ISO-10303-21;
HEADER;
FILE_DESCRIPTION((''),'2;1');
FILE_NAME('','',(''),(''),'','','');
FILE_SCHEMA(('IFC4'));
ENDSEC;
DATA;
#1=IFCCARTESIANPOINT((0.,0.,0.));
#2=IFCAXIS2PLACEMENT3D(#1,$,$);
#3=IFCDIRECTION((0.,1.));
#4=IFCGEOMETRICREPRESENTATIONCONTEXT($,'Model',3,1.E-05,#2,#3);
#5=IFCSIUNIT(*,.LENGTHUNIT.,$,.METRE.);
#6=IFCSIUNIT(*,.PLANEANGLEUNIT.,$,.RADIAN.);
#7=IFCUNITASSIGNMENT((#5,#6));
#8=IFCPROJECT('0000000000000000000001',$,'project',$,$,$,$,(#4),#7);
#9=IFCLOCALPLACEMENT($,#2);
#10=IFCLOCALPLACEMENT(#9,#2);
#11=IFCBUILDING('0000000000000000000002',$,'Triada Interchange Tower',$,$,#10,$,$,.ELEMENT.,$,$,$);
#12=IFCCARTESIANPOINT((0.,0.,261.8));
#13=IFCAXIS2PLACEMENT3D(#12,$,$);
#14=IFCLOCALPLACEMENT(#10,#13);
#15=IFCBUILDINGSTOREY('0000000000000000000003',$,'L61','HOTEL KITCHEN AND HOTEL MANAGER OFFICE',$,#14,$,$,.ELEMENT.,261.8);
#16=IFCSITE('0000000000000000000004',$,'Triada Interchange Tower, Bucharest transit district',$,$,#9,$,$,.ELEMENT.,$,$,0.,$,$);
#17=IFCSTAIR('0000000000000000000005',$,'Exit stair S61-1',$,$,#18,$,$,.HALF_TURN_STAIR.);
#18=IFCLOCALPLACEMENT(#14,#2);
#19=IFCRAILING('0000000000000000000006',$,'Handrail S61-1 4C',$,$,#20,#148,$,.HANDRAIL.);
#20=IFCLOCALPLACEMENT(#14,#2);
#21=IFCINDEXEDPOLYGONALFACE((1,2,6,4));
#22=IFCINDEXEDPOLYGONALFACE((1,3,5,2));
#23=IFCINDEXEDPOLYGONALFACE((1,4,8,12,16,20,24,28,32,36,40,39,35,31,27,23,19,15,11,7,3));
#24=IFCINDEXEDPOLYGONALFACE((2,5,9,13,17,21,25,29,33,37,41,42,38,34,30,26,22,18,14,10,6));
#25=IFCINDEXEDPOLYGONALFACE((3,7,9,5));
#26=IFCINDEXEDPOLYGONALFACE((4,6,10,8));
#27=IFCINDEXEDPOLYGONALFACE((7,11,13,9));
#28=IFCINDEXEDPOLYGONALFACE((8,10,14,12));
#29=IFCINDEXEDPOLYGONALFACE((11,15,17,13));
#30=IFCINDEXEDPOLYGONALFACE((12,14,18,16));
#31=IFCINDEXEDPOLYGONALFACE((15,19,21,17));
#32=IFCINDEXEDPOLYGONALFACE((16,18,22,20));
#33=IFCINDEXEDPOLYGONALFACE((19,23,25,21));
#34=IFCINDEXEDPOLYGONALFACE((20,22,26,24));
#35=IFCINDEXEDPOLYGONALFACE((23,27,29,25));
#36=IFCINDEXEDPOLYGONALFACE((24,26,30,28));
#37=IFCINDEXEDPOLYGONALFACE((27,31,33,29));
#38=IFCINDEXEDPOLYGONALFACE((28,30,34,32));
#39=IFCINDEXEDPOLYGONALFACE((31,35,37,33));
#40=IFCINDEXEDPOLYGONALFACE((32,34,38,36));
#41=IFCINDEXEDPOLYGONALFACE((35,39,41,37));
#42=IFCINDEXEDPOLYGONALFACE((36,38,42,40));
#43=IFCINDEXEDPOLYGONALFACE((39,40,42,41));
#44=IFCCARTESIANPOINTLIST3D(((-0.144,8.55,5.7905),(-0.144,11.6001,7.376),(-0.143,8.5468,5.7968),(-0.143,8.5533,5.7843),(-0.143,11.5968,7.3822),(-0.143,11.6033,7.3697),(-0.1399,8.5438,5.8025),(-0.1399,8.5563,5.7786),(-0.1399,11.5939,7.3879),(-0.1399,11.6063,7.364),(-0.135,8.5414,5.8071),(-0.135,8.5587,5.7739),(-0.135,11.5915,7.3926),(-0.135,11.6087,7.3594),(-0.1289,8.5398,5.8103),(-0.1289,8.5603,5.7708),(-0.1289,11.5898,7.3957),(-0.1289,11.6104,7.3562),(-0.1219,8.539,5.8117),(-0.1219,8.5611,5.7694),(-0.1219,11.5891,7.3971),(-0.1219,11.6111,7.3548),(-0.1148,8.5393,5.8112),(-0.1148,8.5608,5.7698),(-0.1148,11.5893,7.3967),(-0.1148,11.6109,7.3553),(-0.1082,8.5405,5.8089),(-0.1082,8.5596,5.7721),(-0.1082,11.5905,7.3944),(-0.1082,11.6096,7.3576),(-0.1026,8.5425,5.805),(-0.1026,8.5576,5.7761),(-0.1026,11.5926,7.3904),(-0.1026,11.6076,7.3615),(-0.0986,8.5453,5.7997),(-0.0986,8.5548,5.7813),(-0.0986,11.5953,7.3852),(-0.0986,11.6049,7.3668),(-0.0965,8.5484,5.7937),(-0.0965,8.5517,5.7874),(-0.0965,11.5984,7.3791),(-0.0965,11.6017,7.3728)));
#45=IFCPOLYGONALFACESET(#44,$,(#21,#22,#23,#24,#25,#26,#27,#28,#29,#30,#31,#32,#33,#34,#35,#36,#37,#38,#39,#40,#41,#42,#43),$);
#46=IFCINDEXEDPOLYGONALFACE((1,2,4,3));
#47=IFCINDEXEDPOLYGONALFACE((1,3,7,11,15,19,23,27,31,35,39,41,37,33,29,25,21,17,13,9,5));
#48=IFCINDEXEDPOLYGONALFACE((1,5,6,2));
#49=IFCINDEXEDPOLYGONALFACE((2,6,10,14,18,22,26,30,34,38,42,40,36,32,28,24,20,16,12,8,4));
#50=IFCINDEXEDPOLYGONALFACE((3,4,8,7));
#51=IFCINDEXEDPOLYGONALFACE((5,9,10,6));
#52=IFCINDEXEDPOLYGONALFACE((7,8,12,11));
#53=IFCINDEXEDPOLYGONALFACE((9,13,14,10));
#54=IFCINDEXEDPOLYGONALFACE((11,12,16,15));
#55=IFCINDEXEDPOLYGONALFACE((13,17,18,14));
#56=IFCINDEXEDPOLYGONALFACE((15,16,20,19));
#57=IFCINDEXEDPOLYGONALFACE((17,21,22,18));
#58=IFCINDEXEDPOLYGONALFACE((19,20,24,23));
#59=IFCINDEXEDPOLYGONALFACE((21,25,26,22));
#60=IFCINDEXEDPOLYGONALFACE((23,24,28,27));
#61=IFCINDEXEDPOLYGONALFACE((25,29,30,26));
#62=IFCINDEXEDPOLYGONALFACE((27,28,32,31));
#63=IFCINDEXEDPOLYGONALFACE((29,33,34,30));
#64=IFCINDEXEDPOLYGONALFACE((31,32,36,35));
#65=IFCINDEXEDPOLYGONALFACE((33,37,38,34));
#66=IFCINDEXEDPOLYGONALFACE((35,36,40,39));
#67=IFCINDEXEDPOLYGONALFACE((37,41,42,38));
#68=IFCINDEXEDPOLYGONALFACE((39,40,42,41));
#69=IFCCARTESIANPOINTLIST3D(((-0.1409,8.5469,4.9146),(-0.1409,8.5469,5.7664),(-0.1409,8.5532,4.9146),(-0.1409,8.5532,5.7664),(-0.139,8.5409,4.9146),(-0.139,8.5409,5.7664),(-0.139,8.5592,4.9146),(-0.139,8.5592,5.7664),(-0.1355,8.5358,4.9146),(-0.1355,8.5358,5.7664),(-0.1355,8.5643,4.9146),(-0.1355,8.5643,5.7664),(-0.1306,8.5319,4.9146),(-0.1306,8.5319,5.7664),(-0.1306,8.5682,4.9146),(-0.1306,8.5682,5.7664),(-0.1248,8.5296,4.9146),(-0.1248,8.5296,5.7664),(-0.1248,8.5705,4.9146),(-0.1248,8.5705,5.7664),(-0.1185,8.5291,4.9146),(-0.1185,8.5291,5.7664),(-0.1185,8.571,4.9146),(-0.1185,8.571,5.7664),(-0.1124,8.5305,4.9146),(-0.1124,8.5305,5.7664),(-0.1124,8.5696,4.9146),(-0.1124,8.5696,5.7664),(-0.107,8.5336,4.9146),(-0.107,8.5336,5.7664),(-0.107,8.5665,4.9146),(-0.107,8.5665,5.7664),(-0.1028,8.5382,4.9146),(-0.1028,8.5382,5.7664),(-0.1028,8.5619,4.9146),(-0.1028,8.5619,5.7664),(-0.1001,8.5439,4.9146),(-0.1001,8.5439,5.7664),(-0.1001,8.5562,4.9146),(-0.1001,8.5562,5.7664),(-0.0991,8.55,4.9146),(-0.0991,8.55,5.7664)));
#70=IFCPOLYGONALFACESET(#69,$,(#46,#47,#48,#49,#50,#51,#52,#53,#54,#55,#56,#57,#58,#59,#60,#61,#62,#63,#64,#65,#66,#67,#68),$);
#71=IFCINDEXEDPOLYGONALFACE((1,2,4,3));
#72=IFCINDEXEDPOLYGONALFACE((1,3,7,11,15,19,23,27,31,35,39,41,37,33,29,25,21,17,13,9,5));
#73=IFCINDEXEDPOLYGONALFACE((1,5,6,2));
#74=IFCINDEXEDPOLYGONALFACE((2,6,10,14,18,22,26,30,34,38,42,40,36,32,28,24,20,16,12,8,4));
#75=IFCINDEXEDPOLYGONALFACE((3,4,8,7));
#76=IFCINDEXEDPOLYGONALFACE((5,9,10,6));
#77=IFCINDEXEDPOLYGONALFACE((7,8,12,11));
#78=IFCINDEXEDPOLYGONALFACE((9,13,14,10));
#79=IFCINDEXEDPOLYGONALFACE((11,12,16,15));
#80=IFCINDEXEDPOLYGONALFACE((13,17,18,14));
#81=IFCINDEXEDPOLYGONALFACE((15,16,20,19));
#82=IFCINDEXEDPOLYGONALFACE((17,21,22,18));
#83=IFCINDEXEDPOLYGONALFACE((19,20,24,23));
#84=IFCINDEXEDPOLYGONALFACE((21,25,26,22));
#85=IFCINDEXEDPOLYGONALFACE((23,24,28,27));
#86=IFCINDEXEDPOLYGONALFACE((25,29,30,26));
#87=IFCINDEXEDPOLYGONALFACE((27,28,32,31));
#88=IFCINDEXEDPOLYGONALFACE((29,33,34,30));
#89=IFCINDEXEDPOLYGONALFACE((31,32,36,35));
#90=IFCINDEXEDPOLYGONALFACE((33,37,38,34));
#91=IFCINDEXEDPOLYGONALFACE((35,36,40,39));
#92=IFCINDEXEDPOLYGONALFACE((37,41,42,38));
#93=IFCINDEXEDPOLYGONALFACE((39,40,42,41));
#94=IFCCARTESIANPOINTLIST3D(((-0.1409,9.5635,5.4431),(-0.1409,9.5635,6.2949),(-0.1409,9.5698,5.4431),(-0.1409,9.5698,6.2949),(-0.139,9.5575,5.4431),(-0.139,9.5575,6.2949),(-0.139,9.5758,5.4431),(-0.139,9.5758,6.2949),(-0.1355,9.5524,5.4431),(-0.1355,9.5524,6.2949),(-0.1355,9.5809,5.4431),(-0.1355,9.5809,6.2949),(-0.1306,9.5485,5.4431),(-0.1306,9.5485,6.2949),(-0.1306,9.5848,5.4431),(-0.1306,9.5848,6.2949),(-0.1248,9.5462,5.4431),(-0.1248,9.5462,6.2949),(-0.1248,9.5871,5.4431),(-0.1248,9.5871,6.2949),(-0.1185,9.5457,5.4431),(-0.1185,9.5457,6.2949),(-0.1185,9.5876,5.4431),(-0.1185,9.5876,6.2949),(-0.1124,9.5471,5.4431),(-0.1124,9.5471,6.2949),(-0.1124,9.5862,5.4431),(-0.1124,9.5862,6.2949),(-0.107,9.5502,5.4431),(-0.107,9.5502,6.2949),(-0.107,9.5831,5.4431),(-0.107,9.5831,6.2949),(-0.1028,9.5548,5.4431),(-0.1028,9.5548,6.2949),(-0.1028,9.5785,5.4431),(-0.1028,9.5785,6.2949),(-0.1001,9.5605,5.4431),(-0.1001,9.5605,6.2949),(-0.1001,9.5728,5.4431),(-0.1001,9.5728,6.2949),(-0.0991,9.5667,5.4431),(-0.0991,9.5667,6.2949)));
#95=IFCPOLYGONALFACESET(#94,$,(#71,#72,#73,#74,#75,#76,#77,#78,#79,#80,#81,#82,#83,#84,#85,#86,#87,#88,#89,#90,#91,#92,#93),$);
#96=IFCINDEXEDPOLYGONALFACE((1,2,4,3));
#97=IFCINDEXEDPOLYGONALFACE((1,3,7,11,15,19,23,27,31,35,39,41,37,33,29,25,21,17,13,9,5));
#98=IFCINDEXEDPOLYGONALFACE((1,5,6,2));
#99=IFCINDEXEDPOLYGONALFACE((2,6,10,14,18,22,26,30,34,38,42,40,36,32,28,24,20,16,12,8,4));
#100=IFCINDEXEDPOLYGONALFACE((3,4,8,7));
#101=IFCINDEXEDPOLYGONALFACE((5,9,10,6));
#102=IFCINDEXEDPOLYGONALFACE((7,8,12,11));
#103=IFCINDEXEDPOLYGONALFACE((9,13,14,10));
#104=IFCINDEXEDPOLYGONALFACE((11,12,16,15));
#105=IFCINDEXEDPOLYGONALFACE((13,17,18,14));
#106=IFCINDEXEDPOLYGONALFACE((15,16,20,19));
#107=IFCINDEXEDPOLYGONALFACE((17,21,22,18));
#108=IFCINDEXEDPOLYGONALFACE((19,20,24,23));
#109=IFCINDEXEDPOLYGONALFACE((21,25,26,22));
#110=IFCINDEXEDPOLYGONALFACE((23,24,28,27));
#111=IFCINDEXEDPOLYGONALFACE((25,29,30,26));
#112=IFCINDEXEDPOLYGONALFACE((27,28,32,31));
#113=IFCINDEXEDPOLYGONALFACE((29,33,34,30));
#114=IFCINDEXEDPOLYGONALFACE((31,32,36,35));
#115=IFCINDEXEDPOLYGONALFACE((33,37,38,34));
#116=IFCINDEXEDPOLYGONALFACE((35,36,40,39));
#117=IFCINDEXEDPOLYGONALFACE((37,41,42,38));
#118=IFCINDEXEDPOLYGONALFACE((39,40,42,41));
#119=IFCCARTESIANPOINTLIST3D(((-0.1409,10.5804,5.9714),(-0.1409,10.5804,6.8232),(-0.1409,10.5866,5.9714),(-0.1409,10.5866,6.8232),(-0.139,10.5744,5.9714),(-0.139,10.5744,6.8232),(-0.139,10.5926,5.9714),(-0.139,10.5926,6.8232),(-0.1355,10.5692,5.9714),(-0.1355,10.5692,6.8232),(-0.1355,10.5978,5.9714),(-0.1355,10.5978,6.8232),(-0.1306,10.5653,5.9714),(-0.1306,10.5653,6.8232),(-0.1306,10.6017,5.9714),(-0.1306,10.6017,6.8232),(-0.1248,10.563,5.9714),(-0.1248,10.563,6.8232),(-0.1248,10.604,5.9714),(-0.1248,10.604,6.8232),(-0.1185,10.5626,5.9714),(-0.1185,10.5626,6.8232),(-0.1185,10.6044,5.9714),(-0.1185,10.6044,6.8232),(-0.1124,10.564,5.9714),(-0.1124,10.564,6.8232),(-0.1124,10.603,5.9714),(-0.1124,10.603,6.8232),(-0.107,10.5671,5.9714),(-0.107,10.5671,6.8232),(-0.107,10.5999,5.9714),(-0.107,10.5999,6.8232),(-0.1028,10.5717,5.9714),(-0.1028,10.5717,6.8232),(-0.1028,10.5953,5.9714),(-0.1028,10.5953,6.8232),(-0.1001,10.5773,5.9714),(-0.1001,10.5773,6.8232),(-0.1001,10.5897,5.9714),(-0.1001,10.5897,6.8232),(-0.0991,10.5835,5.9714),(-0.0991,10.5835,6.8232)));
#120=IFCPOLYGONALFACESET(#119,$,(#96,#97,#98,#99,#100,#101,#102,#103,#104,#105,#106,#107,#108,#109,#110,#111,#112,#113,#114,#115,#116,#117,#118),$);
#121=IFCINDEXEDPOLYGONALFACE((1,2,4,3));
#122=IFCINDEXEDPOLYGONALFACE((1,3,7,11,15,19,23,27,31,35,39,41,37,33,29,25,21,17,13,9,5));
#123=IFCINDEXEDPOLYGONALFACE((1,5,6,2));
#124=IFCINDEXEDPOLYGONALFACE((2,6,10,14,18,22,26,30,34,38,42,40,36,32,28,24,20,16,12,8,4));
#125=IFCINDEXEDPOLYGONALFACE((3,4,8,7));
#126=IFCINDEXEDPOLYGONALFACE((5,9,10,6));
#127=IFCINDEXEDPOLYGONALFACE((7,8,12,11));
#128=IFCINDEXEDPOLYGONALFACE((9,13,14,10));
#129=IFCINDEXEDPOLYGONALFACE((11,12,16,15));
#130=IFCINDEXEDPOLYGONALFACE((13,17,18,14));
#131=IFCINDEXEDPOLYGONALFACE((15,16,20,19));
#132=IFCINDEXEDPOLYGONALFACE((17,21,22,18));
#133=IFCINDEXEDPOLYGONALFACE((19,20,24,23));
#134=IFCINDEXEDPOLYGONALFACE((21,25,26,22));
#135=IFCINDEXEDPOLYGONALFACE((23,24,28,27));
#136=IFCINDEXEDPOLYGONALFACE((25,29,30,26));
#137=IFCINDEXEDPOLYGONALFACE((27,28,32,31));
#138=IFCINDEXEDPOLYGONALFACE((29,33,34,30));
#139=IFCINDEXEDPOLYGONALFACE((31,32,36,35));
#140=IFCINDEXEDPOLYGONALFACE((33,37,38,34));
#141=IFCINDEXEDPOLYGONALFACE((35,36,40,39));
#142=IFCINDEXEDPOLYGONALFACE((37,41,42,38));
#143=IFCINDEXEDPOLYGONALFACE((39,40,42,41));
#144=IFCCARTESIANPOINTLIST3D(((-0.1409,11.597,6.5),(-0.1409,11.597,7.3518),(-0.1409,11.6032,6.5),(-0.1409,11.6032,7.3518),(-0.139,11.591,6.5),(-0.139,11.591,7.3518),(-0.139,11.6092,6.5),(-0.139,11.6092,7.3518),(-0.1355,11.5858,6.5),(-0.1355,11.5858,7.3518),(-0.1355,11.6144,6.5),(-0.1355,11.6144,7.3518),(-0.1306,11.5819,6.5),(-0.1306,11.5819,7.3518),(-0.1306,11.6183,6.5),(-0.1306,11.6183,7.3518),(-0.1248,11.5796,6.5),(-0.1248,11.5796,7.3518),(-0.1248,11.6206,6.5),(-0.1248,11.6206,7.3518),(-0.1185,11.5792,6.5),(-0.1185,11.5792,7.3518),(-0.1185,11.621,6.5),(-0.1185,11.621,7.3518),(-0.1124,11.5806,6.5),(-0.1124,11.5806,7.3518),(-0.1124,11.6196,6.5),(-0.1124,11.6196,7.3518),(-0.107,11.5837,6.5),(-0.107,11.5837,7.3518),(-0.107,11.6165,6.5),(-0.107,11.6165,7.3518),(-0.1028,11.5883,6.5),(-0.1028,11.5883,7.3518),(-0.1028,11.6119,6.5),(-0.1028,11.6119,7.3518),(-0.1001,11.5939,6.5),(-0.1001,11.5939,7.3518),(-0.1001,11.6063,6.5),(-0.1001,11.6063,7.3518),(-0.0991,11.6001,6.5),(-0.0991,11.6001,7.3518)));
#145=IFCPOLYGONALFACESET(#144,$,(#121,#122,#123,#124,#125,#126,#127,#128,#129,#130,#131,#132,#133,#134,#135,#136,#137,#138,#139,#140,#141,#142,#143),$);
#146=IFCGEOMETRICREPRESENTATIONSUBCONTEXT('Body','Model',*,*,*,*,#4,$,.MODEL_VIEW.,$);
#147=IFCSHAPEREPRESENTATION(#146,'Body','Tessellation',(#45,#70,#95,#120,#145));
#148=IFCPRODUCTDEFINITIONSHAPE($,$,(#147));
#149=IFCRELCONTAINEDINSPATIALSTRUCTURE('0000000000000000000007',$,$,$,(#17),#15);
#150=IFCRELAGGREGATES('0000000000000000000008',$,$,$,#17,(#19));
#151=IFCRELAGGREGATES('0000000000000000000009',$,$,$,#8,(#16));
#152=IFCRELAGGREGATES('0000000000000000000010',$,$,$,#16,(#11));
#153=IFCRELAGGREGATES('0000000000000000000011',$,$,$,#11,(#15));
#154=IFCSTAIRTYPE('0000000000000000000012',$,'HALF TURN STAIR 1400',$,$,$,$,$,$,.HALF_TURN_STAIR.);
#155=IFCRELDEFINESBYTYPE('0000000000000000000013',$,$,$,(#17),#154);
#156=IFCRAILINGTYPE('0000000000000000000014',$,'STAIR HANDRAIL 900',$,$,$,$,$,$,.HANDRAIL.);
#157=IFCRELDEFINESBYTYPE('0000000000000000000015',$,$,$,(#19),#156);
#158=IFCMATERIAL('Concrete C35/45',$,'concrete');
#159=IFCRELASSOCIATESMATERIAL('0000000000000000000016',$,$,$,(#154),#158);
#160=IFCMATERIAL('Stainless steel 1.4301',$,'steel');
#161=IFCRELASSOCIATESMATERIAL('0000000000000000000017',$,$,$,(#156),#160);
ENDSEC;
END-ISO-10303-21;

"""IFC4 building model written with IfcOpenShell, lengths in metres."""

from ifc_helpers import new_model, si_unit, direction, frame, origin, origin_2d, place, context, subcontext, project, spatial, circle, extrude, material, type_object, element, aggregate, save


model = new_model("IFC4")

# Units and contexts
model_context = context("Model", 3, precision=1e-05, world=origin(), true_north=direction((0.0, 1.0)))
body_context = subcontext(model_context, "Body", "Model", "MODEL_VIEW")
ifc_project = project(units=[si_unit("LENGTHUNIT", "METRE"), si_unit("PLANEANGLEUNIT", "RADIAN")], contexts=[model_context])

# Site, building, storey
site_placement = place(None, origin())
site = spatial("IfcSite", under=ifc_project, at=site_placement, Name="Triada Interchange Tower, Bucharest transit district", CompositionType="ELEMENT", RefElevation=0.0)
building_placement = place(site_placement, origin())
building = spatial("IfcBuilding", under=site, at=building_placement, Name="Triada Interchange Tower", CompositionType="ELEMENT")
storey_placement = place(building_placement, frame((0.0, 0.0, 261.8)))
storey = spatial("IfcBuildingStorey", under=building, at=storey_placement, Name="L61", Description="HOTEL KITCHEN AND HOTEL MANAGER OFFICE", CompositionType="ELEMENT", Elevation=261.8)

# Stair, railing
ifc_material_1 = material(Name="Concrete C35/45", Category="concrete")
stair_type = type_object("IfcStairType", Name="HALF TURN STAIR 1400", PredefinedType="HALF_TURN_STAIR", material=ifc_material_1)
stair_placement = place(storey_placement, origin())
stair = element("IfcStair", 1, at=stair_placement, inside=storey, type_object=stair_type, Name="Exit stair S61-1", PredefinedType="HALF_TURN_STAIR")
ifc_material_2 = material(Name="Stainless steel 1.4301", Category="steel")
railing_type = type_object("IfcRailingType", Name="STAIR HANDRAIL 900", PredefinedType="HANDRAIL", material=ifc_material_2)
railing_1_placement = place(storey_placement, frame((-0.1201, 8.55, 4.9146)))
railing_1 = element("IfcRailing", 2, at=railing_1_placement, type_object=railing_type, Name="Handrail S61-1 4C", PredefinedType="HANDRAIL", context=body_context, shape_type="SweptSolid", body=[
    extrude(circle(Radius=0.0239, at=origin_2d()), frame((0.0, 0.0, 0.876), z_axis=(0.0, 0.887285, 0.461221), x_axis=(-1.0, 0.0, 0.0)), (0.0, 0.0, 1.0), 3.4375),
    extrude(circle(Radius=0.021, at=origin_2d()), origin(), (0.0, 0.0, 1.0), 0.8518),
    extrude(circle(Radius=0.021, at=origin_2d()), frame((0.0, 1.0166, 0.5286)), (0.0, 0.0, 1.0), 0.8518),
    extrude(circle(Radius=0.021, at=origin_2d()), frame((0.0, 2.0334, 1.0569)), (0.0, 0.0, 1.0), 0.8518),
    extrude(circle(Radius=0.021, at=origin_2d()), frame((0.0, 3.05, 1.5854)), (0.0, 0.0, 1.0), 0.8518),
])
aggregate(stair, [railing_1])

save(model, "model.ifc")
